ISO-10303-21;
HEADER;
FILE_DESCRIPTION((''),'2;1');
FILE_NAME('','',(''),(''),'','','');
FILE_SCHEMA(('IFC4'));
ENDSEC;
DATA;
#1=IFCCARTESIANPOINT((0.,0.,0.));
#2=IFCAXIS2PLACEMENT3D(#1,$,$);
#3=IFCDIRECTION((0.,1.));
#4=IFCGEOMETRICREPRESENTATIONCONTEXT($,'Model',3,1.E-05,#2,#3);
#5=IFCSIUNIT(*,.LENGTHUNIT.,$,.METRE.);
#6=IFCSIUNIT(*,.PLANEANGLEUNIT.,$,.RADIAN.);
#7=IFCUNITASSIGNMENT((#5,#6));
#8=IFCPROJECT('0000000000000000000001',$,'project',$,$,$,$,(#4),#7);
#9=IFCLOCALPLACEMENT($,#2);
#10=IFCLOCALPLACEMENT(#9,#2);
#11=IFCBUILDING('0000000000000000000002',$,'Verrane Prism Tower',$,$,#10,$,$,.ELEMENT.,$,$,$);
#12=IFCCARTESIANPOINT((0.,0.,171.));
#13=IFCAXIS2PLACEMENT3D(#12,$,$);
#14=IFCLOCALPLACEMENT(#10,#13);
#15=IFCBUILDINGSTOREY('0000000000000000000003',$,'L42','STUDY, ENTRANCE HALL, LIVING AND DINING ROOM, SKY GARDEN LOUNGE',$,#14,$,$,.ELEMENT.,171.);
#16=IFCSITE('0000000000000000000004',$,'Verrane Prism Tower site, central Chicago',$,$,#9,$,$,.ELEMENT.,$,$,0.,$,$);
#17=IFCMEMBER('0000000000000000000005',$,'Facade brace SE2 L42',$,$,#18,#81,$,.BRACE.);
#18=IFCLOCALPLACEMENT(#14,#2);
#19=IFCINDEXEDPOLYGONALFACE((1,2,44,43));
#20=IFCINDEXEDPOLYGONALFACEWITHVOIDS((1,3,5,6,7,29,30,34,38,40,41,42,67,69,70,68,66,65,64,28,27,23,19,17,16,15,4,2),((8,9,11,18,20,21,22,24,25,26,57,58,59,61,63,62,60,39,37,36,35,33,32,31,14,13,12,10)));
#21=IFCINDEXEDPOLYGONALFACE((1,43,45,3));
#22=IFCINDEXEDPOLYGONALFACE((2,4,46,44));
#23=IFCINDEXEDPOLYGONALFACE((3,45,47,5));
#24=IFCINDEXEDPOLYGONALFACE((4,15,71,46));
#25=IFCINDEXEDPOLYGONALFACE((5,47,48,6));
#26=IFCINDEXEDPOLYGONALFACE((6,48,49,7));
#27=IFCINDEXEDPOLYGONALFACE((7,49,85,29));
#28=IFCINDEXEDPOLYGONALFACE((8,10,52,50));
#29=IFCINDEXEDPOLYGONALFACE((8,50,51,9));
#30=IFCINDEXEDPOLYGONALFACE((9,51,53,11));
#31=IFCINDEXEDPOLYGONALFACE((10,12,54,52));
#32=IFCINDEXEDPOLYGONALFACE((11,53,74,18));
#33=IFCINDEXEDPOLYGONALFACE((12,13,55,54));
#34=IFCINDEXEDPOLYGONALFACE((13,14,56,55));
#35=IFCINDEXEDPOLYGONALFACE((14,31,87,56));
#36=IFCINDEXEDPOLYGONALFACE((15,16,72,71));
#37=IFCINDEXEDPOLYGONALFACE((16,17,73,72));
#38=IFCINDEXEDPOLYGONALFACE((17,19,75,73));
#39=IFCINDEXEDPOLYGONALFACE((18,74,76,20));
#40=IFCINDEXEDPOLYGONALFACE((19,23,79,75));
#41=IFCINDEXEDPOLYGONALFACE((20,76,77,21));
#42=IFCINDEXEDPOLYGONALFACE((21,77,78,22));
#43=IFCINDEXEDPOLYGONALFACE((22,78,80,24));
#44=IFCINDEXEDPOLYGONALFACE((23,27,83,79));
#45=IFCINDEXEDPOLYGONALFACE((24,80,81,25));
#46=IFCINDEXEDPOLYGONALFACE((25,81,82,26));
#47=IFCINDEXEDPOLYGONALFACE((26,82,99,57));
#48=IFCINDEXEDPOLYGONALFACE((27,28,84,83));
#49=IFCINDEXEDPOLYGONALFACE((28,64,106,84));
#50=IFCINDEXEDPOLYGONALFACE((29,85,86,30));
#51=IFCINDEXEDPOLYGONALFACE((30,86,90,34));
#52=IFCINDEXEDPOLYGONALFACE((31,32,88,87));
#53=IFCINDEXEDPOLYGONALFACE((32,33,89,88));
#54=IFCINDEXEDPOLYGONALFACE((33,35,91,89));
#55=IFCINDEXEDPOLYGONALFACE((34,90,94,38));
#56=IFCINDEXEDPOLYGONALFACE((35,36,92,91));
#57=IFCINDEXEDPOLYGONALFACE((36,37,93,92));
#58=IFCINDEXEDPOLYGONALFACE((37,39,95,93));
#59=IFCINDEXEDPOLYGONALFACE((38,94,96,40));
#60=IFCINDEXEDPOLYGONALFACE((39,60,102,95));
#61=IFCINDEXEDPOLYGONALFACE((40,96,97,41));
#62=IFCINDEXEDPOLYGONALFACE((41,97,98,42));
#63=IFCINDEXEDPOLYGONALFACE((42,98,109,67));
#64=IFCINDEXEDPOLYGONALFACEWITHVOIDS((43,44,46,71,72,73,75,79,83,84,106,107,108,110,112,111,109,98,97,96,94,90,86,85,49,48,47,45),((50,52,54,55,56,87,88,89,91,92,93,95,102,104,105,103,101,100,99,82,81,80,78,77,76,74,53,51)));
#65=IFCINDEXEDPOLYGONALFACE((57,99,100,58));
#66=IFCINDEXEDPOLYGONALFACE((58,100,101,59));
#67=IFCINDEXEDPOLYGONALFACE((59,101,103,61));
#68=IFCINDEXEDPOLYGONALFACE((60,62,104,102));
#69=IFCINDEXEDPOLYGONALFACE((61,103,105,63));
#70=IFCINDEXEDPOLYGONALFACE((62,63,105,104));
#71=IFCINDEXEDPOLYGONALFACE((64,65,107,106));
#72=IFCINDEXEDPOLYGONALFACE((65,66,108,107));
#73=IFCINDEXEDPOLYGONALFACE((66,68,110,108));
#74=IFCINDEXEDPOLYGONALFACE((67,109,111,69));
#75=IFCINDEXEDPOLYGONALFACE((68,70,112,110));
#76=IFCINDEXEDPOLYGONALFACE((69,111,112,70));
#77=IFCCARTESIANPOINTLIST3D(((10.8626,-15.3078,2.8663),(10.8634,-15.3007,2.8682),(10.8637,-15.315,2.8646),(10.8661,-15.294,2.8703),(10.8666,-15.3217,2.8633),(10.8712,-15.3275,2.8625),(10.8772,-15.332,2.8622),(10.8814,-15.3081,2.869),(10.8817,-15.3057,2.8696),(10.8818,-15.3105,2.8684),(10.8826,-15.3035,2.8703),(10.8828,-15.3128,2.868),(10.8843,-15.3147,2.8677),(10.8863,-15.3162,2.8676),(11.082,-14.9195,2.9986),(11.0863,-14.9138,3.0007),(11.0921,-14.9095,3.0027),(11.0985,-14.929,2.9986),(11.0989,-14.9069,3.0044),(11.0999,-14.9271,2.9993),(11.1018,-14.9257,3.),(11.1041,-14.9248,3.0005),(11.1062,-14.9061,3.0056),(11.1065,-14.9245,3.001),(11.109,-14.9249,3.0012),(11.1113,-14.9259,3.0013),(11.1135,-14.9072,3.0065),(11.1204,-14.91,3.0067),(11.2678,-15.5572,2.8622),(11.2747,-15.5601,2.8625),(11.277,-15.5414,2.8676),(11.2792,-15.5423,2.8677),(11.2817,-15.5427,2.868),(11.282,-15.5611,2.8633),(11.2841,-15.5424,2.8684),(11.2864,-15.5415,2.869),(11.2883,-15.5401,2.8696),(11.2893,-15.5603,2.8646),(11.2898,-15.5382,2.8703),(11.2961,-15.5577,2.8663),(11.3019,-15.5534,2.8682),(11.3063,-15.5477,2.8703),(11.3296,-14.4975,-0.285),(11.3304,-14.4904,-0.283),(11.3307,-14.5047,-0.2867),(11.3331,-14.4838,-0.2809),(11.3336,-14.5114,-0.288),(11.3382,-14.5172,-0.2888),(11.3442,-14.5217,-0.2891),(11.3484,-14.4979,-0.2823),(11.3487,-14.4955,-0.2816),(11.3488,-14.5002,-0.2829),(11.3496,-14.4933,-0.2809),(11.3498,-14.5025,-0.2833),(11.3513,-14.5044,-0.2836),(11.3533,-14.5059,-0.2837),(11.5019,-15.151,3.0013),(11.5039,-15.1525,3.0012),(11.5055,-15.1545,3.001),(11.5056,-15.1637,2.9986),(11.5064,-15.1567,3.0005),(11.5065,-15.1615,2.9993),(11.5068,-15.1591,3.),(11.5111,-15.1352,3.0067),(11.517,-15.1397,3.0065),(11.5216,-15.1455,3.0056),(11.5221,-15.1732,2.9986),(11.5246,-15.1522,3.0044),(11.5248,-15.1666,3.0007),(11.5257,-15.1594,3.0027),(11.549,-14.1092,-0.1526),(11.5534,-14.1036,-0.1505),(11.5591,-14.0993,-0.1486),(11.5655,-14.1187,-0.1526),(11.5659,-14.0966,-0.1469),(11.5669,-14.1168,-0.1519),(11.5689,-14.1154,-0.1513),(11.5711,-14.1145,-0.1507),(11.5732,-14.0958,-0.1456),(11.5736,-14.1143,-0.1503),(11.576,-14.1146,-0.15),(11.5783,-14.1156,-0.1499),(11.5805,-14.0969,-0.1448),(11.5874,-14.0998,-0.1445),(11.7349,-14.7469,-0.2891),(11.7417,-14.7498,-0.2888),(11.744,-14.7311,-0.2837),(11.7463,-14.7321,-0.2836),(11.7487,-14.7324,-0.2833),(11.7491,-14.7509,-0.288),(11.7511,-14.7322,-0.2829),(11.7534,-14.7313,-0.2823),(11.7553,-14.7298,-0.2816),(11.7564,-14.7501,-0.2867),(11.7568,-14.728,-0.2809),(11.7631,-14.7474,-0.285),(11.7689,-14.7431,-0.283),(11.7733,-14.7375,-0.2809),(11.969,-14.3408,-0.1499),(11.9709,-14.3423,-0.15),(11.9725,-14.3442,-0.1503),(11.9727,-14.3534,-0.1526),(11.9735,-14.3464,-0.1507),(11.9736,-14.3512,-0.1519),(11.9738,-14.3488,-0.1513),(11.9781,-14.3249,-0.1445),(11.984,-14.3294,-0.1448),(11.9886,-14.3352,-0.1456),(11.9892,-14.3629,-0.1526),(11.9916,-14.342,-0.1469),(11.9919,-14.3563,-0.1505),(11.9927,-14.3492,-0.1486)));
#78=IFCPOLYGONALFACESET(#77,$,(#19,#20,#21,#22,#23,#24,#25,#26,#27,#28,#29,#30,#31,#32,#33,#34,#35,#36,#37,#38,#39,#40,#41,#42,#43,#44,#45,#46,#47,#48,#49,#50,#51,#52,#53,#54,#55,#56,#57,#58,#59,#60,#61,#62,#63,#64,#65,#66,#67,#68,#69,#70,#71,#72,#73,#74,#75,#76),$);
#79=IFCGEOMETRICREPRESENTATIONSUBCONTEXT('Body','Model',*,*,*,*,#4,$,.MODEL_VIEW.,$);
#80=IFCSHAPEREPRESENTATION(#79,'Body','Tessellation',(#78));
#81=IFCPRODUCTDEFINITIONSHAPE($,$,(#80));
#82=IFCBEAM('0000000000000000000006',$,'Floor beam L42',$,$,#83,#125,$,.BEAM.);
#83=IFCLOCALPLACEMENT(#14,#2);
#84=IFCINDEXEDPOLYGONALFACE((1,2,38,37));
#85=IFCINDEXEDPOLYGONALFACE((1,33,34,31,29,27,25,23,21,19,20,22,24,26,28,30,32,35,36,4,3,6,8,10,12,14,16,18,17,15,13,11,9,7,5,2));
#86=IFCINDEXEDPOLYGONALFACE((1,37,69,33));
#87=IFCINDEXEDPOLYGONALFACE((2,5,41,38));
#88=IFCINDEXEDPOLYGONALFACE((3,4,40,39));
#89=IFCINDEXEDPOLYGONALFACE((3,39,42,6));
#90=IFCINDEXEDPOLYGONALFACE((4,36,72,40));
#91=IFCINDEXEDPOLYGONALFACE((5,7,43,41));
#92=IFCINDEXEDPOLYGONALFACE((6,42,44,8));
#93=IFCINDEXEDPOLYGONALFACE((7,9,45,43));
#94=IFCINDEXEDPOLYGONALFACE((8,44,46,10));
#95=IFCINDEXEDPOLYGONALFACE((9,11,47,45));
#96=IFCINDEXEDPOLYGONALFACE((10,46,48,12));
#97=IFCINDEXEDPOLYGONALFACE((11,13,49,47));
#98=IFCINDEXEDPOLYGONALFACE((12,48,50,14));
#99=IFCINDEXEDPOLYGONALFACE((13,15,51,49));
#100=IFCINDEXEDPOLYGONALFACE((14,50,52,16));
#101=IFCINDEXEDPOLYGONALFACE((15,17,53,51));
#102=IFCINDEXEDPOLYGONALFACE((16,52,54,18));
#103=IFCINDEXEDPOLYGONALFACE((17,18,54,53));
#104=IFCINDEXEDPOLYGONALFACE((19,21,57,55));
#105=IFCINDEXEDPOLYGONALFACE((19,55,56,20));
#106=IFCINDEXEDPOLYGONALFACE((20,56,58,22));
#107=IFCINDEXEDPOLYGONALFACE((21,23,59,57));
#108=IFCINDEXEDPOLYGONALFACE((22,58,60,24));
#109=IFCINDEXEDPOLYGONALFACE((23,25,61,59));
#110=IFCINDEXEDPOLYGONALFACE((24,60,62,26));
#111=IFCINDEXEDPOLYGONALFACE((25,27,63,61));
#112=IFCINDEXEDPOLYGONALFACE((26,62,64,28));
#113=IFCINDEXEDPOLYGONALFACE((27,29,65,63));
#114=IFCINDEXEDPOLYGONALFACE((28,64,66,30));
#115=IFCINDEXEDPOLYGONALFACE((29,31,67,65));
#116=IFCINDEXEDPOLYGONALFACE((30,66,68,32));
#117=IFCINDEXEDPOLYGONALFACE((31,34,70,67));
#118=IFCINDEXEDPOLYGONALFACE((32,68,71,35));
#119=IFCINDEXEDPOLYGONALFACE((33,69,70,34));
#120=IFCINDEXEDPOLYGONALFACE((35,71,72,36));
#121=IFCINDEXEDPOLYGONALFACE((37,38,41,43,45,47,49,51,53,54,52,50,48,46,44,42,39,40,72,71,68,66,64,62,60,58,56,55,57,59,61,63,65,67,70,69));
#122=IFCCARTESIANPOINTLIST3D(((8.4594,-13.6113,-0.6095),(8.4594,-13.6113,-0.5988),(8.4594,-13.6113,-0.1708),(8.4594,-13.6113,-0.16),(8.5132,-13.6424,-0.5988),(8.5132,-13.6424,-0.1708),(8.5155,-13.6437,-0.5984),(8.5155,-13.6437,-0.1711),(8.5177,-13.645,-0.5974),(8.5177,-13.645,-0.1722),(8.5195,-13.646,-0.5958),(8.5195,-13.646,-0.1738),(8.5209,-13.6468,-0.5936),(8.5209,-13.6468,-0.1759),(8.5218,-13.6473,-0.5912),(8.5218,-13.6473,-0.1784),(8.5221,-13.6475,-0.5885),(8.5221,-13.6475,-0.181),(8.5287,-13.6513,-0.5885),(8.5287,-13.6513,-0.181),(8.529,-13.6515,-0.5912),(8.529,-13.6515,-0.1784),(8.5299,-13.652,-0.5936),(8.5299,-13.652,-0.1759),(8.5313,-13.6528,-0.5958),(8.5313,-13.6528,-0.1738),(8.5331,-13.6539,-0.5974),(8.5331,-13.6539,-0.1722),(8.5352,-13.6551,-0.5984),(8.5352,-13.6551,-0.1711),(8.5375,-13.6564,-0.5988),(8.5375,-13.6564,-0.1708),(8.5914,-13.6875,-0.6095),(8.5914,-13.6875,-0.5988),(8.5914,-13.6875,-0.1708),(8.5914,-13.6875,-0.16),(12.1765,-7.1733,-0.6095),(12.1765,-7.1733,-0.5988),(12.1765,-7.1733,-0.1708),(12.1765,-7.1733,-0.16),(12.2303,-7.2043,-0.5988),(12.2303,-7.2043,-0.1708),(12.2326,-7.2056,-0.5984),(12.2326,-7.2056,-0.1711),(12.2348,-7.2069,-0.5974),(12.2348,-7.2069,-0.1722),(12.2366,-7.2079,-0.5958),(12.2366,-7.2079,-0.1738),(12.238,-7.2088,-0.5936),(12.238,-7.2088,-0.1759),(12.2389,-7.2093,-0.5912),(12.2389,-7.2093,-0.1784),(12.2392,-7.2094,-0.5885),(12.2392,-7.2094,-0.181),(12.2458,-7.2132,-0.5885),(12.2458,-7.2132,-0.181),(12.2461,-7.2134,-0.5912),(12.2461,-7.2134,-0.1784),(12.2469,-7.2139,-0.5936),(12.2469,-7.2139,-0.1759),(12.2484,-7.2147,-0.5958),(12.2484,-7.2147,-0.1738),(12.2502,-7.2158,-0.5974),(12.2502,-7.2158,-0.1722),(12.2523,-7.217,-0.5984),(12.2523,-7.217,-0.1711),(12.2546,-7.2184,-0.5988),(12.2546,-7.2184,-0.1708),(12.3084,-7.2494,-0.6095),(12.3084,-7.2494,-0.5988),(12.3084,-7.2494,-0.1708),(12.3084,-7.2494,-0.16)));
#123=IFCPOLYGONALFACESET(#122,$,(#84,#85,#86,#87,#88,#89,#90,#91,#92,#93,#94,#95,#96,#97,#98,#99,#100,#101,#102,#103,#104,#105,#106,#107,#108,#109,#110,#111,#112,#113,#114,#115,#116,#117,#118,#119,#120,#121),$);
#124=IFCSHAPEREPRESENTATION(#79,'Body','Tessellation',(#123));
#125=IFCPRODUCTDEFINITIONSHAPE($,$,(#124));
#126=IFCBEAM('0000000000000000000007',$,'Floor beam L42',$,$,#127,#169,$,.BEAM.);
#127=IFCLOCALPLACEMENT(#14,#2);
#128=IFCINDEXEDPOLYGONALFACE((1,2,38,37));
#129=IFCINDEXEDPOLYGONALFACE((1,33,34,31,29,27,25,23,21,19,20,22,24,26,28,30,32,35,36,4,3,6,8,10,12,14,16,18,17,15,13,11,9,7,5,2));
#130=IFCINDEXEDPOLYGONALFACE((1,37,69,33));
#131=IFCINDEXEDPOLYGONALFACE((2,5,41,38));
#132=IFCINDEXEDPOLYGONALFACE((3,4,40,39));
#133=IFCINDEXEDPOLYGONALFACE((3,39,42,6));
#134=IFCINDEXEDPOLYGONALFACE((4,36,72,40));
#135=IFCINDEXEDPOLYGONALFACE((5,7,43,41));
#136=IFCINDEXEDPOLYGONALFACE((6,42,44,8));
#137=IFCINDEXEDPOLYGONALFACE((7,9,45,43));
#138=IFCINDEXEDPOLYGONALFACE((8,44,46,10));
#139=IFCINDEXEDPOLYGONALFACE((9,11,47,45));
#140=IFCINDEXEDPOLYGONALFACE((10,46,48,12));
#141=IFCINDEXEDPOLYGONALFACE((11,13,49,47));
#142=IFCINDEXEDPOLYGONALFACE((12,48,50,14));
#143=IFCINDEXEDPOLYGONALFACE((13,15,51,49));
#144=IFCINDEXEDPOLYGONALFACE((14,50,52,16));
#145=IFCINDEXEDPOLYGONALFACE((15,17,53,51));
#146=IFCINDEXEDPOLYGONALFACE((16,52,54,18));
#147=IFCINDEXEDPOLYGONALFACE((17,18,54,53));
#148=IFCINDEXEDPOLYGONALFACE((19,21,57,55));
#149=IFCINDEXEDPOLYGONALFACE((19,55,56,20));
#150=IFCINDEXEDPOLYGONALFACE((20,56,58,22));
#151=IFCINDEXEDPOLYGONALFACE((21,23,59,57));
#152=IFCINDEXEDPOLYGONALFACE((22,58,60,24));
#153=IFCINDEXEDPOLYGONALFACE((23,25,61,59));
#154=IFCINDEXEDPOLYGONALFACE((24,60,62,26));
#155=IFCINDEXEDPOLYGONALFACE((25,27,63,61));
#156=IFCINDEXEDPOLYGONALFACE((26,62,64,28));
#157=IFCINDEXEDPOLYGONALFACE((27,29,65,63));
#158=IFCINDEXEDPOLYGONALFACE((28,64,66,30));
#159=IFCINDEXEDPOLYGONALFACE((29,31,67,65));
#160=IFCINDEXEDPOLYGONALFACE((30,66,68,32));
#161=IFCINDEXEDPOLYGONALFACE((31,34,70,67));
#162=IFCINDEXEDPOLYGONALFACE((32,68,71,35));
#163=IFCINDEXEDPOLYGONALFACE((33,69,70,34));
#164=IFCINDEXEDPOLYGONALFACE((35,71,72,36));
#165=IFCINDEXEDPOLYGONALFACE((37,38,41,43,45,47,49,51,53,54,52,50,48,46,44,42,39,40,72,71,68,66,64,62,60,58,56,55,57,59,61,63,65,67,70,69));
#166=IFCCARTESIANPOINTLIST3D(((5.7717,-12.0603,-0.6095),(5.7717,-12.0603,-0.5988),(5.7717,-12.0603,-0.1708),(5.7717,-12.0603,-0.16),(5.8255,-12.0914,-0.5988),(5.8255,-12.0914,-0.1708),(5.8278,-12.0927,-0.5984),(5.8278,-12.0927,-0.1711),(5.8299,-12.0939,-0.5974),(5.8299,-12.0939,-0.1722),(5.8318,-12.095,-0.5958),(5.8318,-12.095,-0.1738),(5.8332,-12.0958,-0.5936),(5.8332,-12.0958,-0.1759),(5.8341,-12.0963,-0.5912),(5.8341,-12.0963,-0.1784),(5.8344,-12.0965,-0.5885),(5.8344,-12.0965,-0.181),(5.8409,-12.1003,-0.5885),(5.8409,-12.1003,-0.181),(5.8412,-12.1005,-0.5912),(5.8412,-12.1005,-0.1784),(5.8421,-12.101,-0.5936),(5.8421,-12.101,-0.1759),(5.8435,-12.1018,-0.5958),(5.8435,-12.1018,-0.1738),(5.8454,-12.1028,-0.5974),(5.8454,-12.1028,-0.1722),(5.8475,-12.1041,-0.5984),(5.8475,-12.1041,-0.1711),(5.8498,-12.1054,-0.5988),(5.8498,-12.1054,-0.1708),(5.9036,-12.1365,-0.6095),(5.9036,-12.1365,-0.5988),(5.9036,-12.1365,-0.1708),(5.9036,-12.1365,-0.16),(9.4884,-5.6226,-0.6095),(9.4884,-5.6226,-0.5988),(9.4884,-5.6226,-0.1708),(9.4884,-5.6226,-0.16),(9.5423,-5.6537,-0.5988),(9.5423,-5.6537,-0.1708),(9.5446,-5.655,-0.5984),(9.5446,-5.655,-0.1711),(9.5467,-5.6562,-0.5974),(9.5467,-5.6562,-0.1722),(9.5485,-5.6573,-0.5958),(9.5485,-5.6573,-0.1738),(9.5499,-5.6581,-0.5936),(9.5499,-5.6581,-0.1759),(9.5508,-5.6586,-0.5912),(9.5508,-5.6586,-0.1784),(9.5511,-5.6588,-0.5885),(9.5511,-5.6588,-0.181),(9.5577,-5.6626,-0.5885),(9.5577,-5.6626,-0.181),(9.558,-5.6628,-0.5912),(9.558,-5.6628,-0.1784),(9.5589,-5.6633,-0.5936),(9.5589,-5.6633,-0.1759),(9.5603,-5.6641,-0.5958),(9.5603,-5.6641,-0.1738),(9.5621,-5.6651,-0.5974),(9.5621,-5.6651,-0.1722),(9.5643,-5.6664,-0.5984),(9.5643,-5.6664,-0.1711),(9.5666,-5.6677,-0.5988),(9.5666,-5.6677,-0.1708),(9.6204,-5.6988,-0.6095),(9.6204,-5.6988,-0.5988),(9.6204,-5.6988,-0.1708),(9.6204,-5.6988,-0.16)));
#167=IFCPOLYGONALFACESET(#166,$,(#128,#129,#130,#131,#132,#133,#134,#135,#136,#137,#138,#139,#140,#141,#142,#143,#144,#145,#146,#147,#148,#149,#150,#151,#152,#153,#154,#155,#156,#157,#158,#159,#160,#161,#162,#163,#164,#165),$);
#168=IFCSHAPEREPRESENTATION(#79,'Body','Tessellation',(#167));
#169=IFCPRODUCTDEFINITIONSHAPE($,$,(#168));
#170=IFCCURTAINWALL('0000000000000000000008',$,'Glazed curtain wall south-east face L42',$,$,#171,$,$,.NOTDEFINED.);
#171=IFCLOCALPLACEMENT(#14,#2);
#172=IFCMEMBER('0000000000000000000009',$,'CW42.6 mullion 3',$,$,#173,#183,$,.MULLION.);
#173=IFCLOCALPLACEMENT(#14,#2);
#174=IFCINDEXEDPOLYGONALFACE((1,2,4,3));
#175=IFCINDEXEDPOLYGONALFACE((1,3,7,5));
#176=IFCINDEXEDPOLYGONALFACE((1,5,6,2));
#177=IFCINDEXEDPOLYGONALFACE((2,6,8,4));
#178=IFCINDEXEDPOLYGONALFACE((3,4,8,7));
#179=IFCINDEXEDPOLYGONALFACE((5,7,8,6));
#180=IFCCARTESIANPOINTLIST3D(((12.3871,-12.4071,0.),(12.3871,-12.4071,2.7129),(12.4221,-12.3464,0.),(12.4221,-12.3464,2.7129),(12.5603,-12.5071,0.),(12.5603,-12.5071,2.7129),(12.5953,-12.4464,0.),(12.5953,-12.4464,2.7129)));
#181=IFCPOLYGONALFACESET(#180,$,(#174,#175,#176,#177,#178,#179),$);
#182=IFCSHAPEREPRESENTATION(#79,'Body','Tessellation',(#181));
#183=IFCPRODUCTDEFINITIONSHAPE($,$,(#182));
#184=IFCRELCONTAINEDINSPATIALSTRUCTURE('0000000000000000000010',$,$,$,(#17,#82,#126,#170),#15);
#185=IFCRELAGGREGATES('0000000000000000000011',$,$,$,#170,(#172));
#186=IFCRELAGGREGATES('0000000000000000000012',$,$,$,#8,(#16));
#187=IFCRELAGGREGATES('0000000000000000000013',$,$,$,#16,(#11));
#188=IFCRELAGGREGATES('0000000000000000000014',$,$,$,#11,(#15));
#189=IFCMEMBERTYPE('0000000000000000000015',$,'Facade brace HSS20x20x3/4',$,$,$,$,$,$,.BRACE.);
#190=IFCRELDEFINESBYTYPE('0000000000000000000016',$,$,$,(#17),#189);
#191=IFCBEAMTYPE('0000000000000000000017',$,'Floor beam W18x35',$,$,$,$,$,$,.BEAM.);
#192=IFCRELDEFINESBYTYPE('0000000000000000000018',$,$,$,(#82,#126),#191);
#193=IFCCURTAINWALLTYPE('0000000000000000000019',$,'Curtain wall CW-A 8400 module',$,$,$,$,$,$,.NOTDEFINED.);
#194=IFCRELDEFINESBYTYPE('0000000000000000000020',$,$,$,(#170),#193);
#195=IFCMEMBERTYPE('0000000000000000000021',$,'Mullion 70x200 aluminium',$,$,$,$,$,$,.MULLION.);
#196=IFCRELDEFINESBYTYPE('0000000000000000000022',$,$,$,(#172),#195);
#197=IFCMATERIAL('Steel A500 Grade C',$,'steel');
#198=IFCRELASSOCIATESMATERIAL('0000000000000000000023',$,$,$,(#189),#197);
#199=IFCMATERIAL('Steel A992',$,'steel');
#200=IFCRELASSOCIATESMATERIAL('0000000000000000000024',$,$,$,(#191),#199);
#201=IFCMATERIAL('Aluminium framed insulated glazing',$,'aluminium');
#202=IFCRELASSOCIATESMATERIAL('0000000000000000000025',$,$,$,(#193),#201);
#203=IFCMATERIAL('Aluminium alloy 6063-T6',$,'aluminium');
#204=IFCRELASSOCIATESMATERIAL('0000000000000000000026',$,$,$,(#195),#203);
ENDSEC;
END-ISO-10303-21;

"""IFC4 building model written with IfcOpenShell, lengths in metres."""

from ifc_helpers import new_model, si_unit, direction, frame, origin, origin_2d, place, context, subcontext, project, spatial, rectangle, hollow_rectangle, i_section, extrude, material, material_profile, profile_set, type_object, element, aggregate, save


model = new_model("IFC4")

# Units and contexts
model_context = context("Model", 3, precision=1e-05, world=origin(), true_north=direction((0.0, 1.0)))
body_context = subcontext(model_context, "Body", "Model", "MODEL_VIEW")
ifc_project = project(units=[si_unit("LENGTHUNIT", "METRE"), si_unit("PLANEANGLEUNIT", "RADIAN")], contexts=[model_context])

# Site, building, storey
site_placement = place(None, origin())
site = spatial("IfcSite", under=ifc_project, at=site_placement, Name="Verrane Prism Tower site, central Chicago", CompositionType="ELEMENT", RefElevation=0.0)
building_placement = place(site_placement, origin())
building = spatial("IfcBuilding", under=site, at=building_placement, Name="Verrane Prism Tower", CompositionType="ELEMENT")
storey_placement = place(building_placement, frame((0.0, 0.0, 171.0)))
storey = spatial("IfcBuildingStorey", under=building, at=storey_placement, Name="L42", Description="STUDY, ENTRANCE HALL, LIVING AND DINING ROOM, SKY GARDEN LOUNGE", CompositionType="ELEMENT", Elevation=171.0)

# Member
ifc_material_1 = material(Name="Steel A500 Grade C", Category="steel")
ifc_material_profile_1 = material_profile(ifc_material_1, hollow_rectangle(XDim=0.5081, YDim=0.5081, WallThickness=0.019, InnerFilletRadius=0.0095, OuterFilletRadius=0.0286, at=origin_2d()), Name="HSS20x20x3/4")
ifc_profile_set_1 = profile_set([ifc_material_profile_1], Name="Steel A500 Grade C")
member_type_1 = type_object("IfcMemberType", Name="Facade brace HSS20x20x3/4", PredefinedType="BRACE", material=ifc_profile_set_1)
member_1_placement = place(storey_placement, frame((11.6611, -14.4233, -0.2168), z_axis=(-0.142078, -0.246501, 0.958672), x_axis=(0.86639, -0.499368, 0.0)))
element("IfcMember", 1, at=member_1_placement, inside=storey, type_object=member_type_1, Name="Facade brace SE2 L42", PredefinedType="BRACE", context=body_context, shape_type="SweptSolid", body=[
    extrude(hollow_rectangle(XDim=0.5081, YDim=0.5081, WallThickness=0.019, InnerFilletRadius=0.0095, OuterFilletRadius=0.0286, at=origin_2d()), origin(), (0.0, 0.0, 1.0), 3.2871),
])

# Beams
ifc_material_2 = material(Name="Steel A992", Category="steel")
ifc_material_profile_2 = material_profile(ifc_material_2, i_section(OverallWidth=0.1523, OverallDepth=0.4495, WebThickness=0.0076, FlangeThickness=0.0107, FilletRadius=0.0103, at=origin_2d()), Name="W18x35")
ifc_profile_set_2 = profile_set([ifc_material_profile_2], Name="Steel A992")
beam_type_1 = type_object("IfcBeamType", Name="Floor beam W18x35", PredefinedType="BEAM", material=ifc_profile_set_2)
beam_1_placement = place(storey_placement, frame((8.5254, -13.6494, -0.3848), z_axis=(0.500007, 0.866022, 0.0), x_axis=(-0.866022, 0.500007, 0.0)))
element("IfcBeam", 2, at=beam_1_placement, inside=storey, type_object=beam_type_1, Name="Floor beam L42", PredefinedType="BEAM", context=body_context, shape_type="SweptSolid", body=[
    extrude(i_section(OverallWidth=0.1523, OverallDepth=0.4495, WebThickness=0.0076, FlangeThickness=0.0107, FilletRadius=0.0103, at=origin_2d()), origin(), (0.0, 0.0, 1.0), 7.4341),
])
beam_2_placement = place(storey_placement, frame((5.8376, -12.0984, -0.3848), z_axis=(0.499996, 0.866028, 0.0), x_axis=(-0.866028, 0.499996, 0.0)))
element("IfcBeam", 3, at=beam_2_placement, inside=storey, type_object=beam_type_1, Name="Floor beam L42", PredefinedType="BEAM", context=body_context, shape_type="SweptSolid", body=[
    extrude(i_section(OverallWidth=0.1523, OverallDepth=0.4495, WebThickness=0.0076, FlangeThickness=0.0107, FilletRadius=0.0103, at=origin_2d()), origin(), (0.0, 0.0, 1.0), 7.4336),
])

# Curtain wall, member
ifc_material_3 = material(Name="Aluminium framed insulated glazing", Category="aluminium")
curtain_wall_type = type_object("IfcCurtainWallType", Name="Curtain wall CW-A 8400 module", PredefinedType="NOTDEFINED", material=ifc_material_3)
curtain_wall_placement = place(storey_placement, origin())
curtain_wall = element("IfcCurtainWall", 4, at=curtain_wall_placement, inside=storey, type_object=curtain_wall_type, Name="Glazed curtain wall south-east face L42", PredefinedType="NOTDEFINED")
ifc_material_4 = material(Name="Aluminium alloy 6063-T6", Category="aluminium")
ifc_material_profile_3 = material_profile(ifc_material_4, rectangle(XDim=0.2, YDim=0.0701, at=origin_2d()), Name="Mullion 70x200 aluminium")
ifc_profile_set_3 = profile_set([ifc_material_profile_3], Name="Aluminium alloy 6063-T6")
member_type_2 = type_object("IfcMemberType", Name="Mullion 70x200 aluminium", PredefinedType="MULLION", material=ifc_profile_set_3)
member_2_placement = place(storey_placement, frame((12.4912, -12.4268, 0.0), z_axis=(0.0, 0.0, 1.0), x_axis=(-0.866026, 0.499998, 0.0)))
member_2 = element("IfcMember", 5, at=member_2_placement, type_object=member_type_2, Name="CW42.6 mullion 3", PredefinedType="MULLION", context=body_context, shape_type="SweptSolid", body=[
    extrude(rectangle(XDim=0.2, YDim=0.0701, at=origin_2d()), origin(), (0.0, 0.0, 1.0), 2.7129),
])

aggregate(curtain_wall, [member_2])

save(model, "model.ifc")
